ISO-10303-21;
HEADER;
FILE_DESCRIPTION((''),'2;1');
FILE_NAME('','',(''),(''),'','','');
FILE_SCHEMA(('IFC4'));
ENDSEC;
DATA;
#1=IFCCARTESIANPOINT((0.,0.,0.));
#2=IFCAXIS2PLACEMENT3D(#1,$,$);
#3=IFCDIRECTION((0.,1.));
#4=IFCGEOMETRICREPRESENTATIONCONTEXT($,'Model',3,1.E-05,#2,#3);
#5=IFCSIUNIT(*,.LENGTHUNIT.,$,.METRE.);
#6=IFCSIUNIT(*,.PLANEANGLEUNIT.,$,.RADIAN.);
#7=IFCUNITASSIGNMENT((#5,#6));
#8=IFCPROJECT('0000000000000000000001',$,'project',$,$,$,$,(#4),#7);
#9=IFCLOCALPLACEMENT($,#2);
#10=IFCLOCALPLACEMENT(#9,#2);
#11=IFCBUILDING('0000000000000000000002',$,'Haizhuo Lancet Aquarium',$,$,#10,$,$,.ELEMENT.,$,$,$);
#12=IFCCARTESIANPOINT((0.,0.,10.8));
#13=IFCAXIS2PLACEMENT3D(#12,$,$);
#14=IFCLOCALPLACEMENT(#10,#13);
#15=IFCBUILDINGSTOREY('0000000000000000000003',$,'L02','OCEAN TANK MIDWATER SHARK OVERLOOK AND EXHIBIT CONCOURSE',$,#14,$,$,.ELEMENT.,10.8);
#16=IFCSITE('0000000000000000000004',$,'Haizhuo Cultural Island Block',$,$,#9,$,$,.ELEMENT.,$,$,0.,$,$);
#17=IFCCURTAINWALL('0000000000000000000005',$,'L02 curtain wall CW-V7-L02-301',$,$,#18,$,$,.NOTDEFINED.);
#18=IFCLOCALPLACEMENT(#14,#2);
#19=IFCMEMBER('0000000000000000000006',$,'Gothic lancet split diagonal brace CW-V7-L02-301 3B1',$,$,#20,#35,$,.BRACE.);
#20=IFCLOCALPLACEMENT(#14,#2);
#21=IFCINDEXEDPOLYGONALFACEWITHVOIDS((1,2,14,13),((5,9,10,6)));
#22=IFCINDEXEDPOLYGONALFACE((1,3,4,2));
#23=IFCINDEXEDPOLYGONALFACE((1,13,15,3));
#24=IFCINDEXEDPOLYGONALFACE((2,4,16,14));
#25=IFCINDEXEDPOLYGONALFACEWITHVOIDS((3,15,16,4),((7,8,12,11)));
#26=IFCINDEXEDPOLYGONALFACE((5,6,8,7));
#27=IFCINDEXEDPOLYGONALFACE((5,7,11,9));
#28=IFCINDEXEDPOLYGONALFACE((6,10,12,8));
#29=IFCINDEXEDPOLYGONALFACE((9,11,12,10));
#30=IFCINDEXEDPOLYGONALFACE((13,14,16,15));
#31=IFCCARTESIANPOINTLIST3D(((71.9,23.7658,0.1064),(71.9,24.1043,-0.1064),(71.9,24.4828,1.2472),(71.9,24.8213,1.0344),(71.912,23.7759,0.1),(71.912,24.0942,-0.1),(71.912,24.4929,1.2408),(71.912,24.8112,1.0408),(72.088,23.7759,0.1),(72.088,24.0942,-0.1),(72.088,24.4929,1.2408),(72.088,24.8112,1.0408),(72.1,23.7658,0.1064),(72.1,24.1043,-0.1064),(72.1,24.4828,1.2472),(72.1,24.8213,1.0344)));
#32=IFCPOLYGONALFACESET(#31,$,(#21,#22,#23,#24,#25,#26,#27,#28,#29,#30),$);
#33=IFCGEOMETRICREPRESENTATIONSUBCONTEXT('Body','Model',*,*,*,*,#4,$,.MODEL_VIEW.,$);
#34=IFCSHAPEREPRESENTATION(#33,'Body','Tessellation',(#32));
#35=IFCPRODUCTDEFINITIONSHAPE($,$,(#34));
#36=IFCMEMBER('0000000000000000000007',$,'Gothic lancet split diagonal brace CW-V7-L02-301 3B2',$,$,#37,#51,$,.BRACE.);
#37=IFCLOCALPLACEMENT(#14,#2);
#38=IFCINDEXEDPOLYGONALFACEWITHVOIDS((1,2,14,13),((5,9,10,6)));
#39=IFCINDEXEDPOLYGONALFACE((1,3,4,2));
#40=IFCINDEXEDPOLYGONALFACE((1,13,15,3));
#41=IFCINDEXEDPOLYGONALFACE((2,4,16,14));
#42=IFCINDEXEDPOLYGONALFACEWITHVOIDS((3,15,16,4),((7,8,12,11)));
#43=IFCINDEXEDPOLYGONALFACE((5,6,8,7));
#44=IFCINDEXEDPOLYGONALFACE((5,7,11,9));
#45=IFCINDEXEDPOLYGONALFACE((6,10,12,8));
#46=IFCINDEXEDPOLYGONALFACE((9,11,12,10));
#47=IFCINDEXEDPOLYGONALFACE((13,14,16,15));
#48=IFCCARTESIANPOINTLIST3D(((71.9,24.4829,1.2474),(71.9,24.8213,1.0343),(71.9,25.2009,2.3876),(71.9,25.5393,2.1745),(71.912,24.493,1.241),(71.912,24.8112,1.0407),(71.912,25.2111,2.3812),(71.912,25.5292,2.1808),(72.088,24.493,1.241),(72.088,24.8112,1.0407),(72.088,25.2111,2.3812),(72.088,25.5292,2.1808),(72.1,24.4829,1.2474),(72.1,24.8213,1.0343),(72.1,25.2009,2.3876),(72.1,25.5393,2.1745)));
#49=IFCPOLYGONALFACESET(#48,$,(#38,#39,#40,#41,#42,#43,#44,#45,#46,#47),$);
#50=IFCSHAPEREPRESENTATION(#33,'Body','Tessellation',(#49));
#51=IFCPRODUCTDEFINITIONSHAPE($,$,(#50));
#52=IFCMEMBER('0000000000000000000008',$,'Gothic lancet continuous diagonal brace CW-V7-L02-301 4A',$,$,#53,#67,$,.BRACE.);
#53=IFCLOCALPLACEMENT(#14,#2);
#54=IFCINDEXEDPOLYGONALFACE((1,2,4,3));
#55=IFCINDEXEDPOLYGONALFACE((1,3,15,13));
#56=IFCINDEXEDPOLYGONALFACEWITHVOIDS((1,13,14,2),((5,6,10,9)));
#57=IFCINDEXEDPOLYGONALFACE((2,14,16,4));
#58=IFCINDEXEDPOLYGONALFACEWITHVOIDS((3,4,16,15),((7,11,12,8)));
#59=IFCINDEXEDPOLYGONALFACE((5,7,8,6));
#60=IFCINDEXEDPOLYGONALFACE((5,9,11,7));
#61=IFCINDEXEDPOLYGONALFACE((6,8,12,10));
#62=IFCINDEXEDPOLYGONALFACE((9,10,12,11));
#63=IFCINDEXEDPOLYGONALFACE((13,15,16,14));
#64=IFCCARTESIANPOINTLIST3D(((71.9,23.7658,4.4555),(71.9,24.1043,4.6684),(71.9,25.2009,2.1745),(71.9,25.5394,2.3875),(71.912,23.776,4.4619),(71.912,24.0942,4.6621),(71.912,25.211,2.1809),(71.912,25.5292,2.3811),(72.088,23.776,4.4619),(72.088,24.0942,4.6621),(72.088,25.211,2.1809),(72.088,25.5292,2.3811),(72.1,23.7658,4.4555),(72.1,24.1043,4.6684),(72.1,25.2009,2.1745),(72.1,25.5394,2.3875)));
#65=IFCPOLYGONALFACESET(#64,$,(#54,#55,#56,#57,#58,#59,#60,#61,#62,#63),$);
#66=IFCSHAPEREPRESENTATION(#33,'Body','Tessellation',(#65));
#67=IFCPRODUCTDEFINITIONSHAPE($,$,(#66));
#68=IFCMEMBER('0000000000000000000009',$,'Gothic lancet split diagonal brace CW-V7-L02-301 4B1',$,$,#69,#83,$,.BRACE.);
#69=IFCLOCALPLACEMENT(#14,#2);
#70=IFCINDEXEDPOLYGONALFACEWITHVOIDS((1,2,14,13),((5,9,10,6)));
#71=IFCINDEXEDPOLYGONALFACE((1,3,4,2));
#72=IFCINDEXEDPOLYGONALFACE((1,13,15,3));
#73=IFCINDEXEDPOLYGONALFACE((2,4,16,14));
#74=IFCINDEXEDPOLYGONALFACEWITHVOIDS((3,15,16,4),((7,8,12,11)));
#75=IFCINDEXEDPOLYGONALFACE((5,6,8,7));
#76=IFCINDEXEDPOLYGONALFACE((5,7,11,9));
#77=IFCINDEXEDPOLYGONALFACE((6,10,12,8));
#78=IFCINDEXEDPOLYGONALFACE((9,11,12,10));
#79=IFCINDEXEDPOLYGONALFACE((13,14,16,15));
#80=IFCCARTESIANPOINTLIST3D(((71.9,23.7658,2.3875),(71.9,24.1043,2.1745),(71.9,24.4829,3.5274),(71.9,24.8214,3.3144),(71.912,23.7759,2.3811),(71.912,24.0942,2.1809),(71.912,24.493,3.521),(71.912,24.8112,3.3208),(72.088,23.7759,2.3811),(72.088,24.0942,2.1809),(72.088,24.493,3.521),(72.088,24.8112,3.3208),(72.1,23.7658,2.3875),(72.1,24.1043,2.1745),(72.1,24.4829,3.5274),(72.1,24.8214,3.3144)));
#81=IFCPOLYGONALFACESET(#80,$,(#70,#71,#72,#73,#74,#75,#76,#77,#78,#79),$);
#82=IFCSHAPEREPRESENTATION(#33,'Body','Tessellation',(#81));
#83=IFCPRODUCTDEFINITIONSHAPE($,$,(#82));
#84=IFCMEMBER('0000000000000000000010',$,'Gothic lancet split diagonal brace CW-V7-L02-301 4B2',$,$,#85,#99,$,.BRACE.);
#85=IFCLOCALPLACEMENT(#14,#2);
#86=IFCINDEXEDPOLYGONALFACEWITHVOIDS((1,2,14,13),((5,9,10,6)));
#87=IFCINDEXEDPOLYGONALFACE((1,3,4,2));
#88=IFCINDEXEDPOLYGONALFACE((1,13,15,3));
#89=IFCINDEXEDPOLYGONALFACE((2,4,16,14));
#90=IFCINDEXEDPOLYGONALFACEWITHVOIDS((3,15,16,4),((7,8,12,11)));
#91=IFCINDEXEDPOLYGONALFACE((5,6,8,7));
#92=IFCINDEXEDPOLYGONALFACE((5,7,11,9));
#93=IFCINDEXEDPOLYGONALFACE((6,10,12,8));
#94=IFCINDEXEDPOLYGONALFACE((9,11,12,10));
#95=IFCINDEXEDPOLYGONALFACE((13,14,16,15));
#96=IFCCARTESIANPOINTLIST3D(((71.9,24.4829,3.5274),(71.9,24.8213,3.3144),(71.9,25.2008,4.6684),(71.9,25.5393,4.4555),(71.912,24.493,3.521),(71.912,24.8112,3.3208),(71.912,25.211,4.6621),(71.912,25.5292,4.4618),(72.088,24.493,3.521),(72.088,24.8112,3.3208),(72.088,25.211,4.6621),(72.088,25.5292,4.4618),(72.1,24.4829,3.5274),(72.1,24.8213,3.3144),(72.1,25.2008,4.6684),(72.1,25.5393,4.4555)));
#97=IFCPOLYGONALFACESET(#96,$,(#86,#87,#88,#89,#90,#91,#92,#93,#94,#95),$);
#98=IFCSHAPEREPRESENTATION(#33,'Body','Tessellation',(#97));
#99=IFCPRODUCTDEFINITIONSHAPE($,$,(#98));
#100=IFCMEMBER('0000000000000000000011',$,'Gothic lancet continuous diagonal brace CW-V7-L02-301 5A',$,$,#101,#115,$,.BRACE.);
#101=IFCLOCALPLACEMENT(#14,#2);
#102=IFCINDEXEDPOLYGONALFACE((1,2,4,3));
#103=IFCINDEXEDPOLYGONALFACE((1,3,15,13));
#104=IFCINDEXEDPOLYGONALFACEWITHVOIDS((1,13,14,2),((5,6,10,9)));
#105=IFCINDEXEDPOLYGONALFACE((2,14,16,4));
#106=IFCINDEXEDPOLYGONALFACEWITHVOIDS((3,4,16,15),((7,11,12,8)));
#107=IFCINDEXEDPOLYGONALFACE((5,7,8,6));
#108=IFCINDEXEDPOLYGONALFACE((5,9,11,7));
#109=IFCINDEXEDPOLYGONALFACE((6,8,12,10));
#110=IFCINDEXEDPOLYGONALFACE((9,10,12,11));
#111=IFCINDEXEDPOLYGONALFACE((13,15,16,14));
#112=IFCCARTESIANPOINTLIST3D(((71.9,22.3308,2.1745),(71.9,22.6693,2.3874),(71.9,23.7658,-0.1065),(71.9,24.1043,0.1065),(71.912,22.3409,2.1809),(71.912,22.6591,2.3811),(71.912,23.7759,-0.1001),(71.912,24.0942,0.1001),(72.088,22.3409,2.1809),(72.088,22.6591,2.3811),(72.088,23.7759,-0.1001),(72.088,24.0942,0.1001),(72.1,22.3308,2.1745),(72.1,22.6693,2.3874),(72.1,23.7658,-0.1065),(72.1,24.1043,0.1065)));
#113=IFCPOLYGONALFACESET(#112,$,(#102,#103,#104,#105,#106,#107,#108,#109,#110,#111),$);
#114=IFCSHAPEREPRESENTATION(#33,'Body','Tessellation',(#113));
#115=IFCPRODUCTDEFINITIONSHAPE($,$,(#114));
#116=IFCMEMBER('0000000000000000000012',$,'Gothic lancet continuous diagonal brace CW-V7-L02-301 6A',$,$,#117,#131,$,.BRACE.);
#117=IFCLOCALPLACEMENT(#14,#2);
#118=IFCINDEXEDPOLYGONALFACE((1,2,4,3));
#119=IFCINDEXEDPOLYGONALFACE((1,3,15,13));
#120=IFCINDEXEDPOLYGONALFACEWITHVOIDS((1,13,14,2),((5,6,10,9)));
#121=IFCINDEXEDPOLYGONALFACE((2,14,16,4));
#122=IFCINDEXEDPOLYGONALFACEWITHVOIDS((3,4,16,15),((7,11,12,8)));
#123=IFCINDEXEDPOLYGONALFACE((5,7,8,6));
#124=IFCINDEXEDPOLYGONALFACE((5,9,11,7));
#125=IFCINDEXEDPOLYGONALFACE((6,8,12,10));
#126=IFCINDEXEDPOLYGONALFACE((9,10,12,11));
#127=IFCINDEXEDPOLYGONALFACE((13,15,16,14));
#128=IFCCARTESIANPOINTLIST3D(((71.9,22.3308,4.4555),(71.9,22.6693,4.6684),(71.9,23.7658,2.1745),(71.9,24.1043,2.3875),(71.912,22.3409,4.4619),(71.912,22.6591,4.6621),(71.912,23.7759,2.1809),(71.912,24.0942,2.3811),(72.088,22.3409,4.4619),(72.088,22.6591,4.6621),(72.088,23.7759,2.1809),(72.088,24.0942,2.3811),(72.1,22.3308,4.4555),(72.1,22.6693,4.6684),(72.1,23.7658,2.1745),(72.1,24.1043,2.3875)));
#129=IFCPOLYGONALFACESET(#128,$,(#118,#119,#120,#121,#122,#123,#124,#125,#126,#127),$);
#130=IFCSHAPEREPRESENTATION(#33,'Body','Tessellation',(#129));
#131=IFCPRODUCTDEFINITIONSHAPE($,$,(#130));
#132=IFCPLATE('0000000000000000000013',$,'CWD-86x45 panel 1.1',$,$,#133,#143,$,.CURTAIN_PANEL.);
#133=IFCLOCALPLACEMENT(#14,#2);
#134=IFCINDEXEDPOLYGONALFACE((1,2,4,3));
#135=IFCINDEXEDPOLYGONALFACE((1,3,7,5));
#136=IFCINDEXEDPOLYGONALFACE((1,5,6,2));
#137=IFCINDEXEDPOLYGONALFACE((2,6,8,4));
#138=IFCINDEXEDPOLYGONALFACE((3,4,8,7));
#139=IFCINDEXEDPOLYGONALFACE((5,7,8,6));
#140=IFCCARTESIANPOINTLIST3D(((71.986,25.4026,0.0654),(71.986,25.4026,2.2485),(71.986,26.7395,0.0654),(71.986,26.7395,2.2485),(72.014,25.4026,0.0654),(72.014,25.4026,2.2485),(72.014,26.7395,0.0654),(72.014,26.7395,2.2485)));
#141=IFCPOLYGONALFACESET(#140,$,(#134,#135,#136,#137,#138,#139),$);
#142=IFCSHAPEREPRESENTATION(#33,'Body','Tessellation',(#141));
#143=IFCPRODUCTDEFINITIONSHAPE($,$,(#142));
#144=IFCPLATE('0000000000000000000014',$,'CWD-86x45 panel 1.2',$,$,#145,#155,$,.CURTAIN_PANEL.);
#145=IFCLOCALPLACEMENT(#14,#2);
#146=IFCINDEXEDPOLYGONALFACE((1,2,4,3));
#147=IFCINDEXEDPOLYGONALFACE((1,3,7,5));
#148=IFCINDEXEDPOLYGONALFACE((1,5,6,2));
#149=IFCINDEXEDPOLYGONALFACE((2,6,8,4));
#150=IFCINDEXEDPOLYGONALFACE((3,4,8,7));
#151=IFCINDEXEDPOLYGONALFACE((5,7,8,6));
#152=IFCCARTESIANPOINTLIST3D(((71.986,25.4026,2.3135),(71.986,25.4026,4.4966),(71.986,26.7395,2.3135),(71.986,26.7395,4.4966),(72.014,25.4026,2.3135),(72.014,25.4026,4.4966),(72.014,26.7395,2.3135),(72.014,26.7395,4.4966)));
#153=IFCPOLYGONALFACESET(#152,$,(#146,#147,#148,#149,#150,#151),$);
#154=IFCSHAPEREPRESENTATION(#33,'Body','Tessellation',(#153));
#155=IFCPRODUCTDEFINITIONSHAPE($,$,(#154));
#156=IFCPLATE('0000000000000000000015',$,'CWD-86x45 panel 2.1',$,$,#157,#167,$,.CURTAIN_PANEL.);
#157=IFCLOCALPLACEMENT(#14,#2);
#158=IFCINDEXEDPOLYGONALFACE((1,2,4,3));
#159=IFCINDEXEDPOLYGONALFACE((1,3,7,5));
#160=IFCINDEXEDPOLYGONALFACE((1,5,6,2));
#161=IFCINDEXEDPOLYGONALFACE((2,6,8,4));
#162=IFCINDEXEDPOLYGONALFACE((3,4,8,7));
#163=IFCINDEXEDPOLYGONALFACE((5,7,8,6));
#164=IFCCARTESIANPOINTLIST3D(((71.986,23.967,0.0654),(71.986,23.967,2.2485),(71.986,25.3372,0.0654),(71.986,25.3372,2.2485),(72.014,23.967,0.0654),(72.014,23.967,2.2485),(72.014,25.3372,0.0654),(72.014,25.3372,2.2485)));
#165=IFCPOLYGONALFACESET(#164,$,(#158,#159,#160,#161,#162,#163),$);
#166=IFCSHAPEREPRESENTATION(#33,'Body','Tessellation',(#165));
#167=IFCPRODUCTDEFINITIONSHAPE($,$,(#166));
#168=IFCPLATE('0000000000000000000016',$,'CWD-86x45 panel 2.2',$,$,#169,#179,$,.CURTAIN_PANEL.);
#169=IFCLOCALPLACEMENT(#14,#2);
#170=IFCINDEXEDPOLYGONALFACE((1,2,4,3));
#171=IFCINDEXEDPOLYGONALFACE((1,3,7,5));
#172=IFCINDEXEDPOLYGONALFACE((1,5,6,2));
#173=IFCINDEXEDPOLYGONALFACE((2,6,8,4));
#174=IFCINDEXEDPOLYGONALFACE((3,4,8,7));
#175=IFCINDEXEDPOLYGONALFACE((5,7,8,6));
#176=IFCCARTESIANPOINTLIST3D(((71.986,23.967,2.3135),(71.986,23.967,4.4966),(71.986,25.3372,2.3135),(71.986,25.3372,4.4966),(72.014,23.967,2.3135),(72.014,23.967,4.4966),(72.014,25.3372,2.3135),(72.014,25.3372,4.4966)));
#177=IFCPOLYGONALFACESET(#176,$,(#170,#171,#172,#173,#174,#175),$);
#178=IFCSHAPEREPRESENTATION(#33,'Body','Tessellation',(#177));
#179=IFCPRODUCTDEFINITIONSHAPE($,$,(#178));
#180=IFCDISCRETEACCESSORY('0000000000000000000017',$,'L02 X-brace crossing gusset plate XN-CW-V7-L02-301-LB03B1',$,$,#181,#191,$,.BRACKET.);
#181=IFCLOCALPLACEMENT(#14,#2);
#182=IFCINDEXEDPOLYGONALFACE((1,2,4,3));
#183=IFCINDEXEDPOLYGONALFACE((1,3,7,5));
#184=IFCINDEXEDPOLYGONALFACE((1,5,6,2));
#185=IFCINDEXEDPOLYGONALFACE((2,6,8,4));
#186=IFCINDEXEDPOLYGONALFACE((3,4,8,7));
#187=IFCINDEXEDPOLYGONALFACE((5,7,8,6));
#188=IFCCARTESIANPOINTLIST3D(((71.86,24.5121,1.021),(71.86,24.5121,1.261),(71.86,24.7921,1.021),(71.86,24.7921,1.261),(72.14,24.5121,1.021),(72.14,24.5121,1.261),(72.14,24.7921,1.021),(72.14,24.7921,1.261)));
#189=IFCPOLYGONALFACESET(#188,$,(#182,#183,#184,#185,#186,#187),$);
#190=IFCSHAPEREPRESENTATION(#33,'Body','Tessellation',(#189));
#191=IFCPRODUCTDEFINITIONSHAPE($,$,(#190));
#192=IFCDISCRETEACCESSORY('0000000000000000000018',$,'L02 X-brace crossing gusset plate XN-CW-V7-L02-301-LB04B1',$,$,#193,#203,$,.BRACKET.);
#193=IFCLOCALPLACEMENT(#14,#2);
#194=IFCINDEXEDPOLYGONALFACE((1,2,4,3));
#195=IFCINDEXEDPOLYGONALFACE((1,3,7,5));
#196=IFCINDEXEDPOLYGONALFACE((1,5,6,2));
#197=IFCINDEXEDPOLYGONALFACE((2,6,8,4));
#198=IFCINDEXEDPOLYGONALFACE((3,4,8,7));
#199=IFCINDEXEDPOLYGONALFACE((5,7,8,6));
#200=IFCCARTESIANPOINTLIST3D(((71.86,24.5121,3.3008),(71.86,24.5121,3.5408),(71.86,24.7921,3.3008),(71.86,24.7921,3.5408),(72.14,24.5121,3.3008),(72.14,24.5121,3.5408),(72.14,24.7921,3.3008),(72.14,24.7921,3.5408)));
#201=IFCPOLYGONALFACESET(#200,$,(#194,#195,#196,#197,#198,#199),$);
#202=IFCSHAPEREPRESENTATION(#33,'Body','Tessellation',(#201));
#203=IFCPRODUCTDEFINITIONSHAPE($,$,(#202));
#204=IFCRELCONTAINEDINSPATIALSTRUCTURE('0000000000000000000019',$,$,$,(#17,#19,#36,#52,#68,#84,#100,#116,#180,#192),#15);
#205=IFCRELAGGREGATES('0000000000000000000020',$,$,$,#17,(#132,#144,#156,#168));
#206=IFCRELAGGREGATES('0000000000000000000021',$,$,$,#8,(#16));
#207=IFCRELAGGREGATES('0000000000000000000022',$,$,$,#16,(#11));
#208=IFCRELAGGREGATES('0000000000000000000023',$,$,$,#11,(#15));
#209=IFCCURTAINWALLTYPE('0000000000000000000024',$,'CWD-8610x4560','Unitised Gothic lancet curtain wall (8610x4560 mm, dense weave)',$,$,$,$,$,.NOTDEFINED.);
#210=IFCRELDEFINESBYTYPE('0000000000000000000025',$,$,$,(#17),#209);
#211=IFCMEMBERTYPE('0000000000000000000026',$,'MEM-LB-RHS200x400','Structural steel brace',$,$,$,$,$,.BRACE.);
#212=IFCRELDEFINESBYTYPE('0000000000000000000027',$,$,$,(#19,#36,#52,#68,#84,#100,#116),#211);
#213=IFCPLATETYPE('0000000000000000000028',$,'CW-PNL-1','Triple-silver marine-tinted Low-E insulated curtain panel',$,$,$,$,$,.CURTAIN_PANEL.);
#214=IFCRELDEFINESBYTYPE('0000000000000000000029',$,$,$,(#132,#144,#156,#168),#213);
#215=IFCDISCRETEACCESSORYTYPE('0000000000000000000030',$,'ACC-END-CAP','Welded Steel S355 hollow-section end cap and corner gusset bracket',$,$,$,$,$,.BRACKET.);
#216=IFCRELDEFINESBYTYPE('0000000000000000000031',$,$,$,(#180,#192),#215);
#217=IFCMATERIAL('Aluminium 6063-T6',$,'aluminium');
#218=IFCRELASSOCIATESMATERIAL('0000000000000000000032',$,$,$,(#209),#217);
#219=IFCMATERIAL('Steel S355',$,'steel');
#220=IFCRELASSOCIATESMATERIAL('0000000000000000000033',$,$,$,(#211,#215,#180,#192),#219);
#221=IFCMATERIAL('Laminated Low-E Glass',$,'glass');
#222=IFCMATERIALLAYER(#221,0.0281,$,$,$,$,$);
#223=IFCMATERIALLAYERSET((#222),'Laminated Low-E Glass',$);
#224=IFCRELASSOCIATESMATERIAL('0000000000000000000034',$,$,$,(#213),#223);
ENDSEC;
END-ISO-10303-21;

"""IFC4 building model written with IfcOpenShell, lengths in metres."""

from ifc_helpers import new_model, si_unit, direction, frame, origin, origin_2d, place, context, subcontext, project, spatial, rectangle, hollow_rectangle, extrude, material, layer, layer_set, material_profile, profile_set, type_object, element, aggregate, save


model = new_model("IFC4")

# Units and contexts
model_context = context("Model", 3, precision=1e-05, world=origin(), true_north=direction((0.0, 1.0)))
body_context = subcontext(model_context, "Body", "Model", "MODEL_VIEW")
ifc_project = project(units=[si_unit("LENGTHUNIT", "METRE"), si_unit("PLANEANGLEUNIT", "RADIAN")], contexts=[model_context])

# Site, building, storey
site_placement = place(None, origin())
site = spatial("IfcSite", under=ifc_project, at=site_placement, Name="Haizhuo Cultural Island Block", CompositionType="ELEMENT", RefElevation=0.0)
building_placement = place(site_placement, origin())
building = spatial("IfcBuilding", under=site, at=building_placement, Name="Haizhuo Lancet Aquarium", CompositionType="ELEMENT")
storey_placement = place(building_placement, frame((0.0, 0.0, 10.8)))
storey = spatial("IfcBuildingStorey", under=building, at=storey_placement, Name="L02", Description="OCEAN TANK MIDWATER SHARK OVERLOOK AND EXHIBIT CONCOURSE", CompositionType="ELEMENT", Elevation=10.8)

# Curtain wall
ifc_material_1 = material(Name="Aluminium 6063-T6", Category="aluminium")
curtain_wall_type = type_object("IfcCurtainWallType", Name="CWD-8610x4560", Description="Unitised Gothic lancet curtain wall (8610x4560 mm, dense weave)", PredefinedType="NOTDEFINED", material=ifc_material_1)
curtain_wall_placement = place(storey_placement, origin())
curtain_wall = element("IfcCurtainWall", 1, at=curtain_wall_placement, inside=storey, type_object=curtain_wall_type, Name="L02 curtain wall CW-V7-L02-301", PredefinedType="NOTDEFINED")

# Members
ifc_material_2 = material(Name="Steel S355", Category="steel")
ifc_material_profile_1 = material_profile(ifc_material_2, hollow_rectangle(XDim=0.2, YDim=0.3999, WallThickness=0.012, at=origin_2d()), Name="RHS 200x400x12")
ifc_profile_set_1 = profile_set([ifc_material_profile_1], Name="Steel S355")
member_type_1 = type_object("IfcMemberType", Name="MEM-LB-RHS200x400", Description="Structural steel brace", PredefinedType="BRACE", material=ifc_profile_set_1)
for number, where, z_axis, x_axis, name in (
    (2, (72.0, 23.9351, 0.0), (0.0, 0.532131, 0.846662), (-1.0, 0.0, 0.0), "Gothic lancet split diagonal brace CW-V7-L02-301 3B1"),
    (3, (72.0, 24.6521, 1.1409), (0.0, 0.532895, 0.846181), (-1.0, 0.0, 0.0), "Gothic lancet split diagonal brace CW-V7-L02-301 3B2"),
):
    element("IfcMember", number, at=place(storey_placement, frame(where, z_axis=z_axis, x_axis=x_axis)), inside=storey, type_object=member_type_1, Name=name, PredefinedType="BRACE", context=body_context, shape_type="SweptSolid", body=[
        extrude(hollow_rectangle(XDim=0.2, YDim=0.3999, WallThickness=0.012, at=origin_2d()), origin(), (0.0, 0.0, 1.0), 1.3474),
    ])
member_1_placement = place(storey_placement, frame((72.0, 25.3701, 2.281), z_axis=(0.0, -0.532513, 0.846422), x_axis=(1.0, 0.0, 0.0)))
element("IfcMember", 4, at=member_1_placement, inside=storey, type_object=member_type_1, Name="Gothic lancet continuous diagonal brace CW-V7-L02-301 4A", PredefinedType="BRACE", context=body_context, shape_type="SweptSolid", body=[
    extrude(hollow_rectangle(XDim=0.2, YDim=0.3999, WallThickness=0.012, at=origin_2d()), origin(), (0.0, 0.0, 1.0), 2.6948),
])
member_2_placement = place(storey_placement, frame((72.0, 23.9351, 2.281), z_axis=(0.0, 0.532457, 0.846457), x_axis=(-1.0, 0.0, 0.0)))
element("IfcMember", 5, at=member_2_placement, inside=storey, type_object=member_type_1, Name="Gothic lancet split diagonal brace CW-V7-L02-301 4B1", PredefinedType="BRACE", context=body_context, shape_type="SweptSolid", body=[
    extrude(hollow_rectangle(XDim=0.2, YDim=0.3999, WallThickness=0.012, at=origin_2d()), origin(), (0.0, 0.0, 1.0), 1.3467),
])
member_3_placement = place(storey_placement, frame((72.0, 24.6521, 3.4209), z_axis=(0.0, 0.532568, 0.846387), x_axis=(-1.0, 0.0, 0.0)))
element("IfcMember", 6, at=member_3_placement, inside=storey, type_object=member_type_1, Name="Gothic lancet split diagonal brace CW-V7-L02-301 4B2", PredefinedType="BRACE", context=body_context, shape_type="SweptSolid", body=[
    extrude(hollow_rectangle(XDim=0.2, YDim=0.3999, WallThickness=0.012, at=origin_2d()), origin(), (0.0, 0.0, 1.0), 1.3481),
])
for number, where, z_axis, x_axis, name in (
    (7, (72.0, 23.9351, 0.0), (0.0, -0.532513, 0.846422), (1.0, 0.0, 0.0), "Gothic lancet continuous diagonal brace CW-V7-L02-301 5A"),
    (8, (72.0, 23.9351, 2.281), (0.0, -0.532513, 0.846422), (1.0, 0.0, 0.0), "Gothic lancet continuous diagonal brace CW-V7-L02-301 6A"),
):
    element("IfcMember", number, at=place(storey_placement, frame(where, z_axis=z_axis, x_axis=x_axis)), inside=storey, type_object=member_type_1, Name=name, PredefinedType="BRACE", context=body_context, shape_type="SweptSolid", body=[
        extrude(hollow_rectangle(XDim=0.2, YDim=0.3999, WallThickness=0.012, at=origin_2d()), origin(), (0.0, 0.0, 1.0), 2.6948),
    ])

# Plates
ifc_material_3 = material(Name="Laminated Low-E Glass", Category="glass")
ifc_layer = layer(ifc_material_3, 0.0281)
ifc_layer_set = layer_set([ifc_layer], Name="Laminated Low-E Glass")
plate_type = type_object("IfcPlateType", Name="CW-PNL-1", Description="Triple-silver marine-tinted Low-E insulated curtain panel", PredefinedType="CURTAIN_PANEL", material=ifc_layer_set)
plate_1_placement = place(storey_placement, frame((72.0, 26.071, 0.0654), z_axis=(0.0, 0.0, 1.0), x_axis=(0.0, -1.0, 0.0)))
plate_1 = element("IfcPlate", 9, at=plate_1_placement, type_object=plate_type, Name="CWD-86x45 panel 1.1", PredefinedType="CURTAIN_PANEL", context=body_context, shape_type="SweptSolid", body=[
    extrude(rectangle(XDim=1.3369, YDim=0.0281, at=origin_2d()), origin(), (0.0, 0.0, 1.0), 2.1831),
])
plate_2_placement = place(storey_placement, frame((72.0, 26.071, 2.3135), z_axis=(0.0, 0.0, 1.0), x_axis=(0.0, -1.0, 0.0)))
plate_2 = element("IfcPlate", 10, at=plate_2_placement, type_object=plate_type, Name="CWD-86x45 panel 1.2", PredefinedType="CURTAIN_PANEL", context=body_context, shape_type="SweptSolid", body=[
    extrude(rectangle(XDim=1.3369, YDim=0.0281, at=origin_2d()), origin(), (0.0, 0.0, 1.0), 2.1831),
])
plate_3_placement = place(storey_placement, frame((72.0, 24.6521, 0.0654), z_axis=(0.0, 0.0, 1.0), x_axis=(0.0, -1.0, 0.0)))
plate_3 = element("IfcPlate", 11, at=plate_3_placement, type_object=plate_type, Name="CWD-86x45 panel 2.1", PredefinedType="CURTAIN_PANEL", context=body_context, shape_type="SweptSolid", body=[
    extrude(rectangle(XDim=1.3701, YDim=0.0281, at=origin_2d()), origin(), (0.0, 0.0, 1.0), 2.1831),
])
plate_4_placement = place(storey_placement, frame((72.0, 24.6521, 2.3135), z_axis=(0.0, 0.0, 1.0), x_axis=(0.0, -1.0, 0.0)))
plate_4 = element("IfcPlate", 12, at=plate_4_placement, type_object=plate_type, Name="CWD-86x45 panel 2.2", PredefinedType="CURTAIN_PANEL", context=body_context, shape_type="SweptSolid", body=[
    extrude(rectangle(XDim=1.3701, YDim=0.0281, at=origin_2d()), origin(), (0.0, 0.0, 1.0), 2.1831),
])
aggregate(curtain_wall, [plate_1, plate_2, plate_3, plate_4])

# Discrete accessories
discrete_accessory_type = type_object("IfcDiscreteAccessoryType", Name="ACC-END-CAP", Description="Welded Steel S355 hollow-section end cap and corner gusset bracket", PredefinedType="BRACKET", material=ifc_material_2)
for number, where, z_axis, x_axis, name in (
    (13, (72.0, 24.6521, 1.021), (0.0, 0.0, 1.0), (1.0, 0.0, 0.0), "L02 X-brace crossing gusset plate XN-CW-V7-L02-301-LB03B1"),
    (14, (72.0, 24.6521, 3.3008), (0.0, 0.0, 1.0), (1.0, 0.0, 0.0), "L02 X-brace crossing gusset plate XN-CW-V7-L02-301-LB04B1"),
):
    element("IfcDiscreteAccessory", number, at=place(storey_placement, frame(where, z_axis=z_axis, x_axis=x_axis)), inside=storey, type_object=discrete_accessory_type, material=ifc_material_2, Name=name, PredefinedType="BRACKET", context=body_context, shape_type="SweptSolid", body=[
        extrude(rectangle(XDim=0.28, YDim=0.28, at=origin_2d()), origin(), (0.0, 0.0, 1.0), 0.24),
    ])

save(model, "model.ifc")
